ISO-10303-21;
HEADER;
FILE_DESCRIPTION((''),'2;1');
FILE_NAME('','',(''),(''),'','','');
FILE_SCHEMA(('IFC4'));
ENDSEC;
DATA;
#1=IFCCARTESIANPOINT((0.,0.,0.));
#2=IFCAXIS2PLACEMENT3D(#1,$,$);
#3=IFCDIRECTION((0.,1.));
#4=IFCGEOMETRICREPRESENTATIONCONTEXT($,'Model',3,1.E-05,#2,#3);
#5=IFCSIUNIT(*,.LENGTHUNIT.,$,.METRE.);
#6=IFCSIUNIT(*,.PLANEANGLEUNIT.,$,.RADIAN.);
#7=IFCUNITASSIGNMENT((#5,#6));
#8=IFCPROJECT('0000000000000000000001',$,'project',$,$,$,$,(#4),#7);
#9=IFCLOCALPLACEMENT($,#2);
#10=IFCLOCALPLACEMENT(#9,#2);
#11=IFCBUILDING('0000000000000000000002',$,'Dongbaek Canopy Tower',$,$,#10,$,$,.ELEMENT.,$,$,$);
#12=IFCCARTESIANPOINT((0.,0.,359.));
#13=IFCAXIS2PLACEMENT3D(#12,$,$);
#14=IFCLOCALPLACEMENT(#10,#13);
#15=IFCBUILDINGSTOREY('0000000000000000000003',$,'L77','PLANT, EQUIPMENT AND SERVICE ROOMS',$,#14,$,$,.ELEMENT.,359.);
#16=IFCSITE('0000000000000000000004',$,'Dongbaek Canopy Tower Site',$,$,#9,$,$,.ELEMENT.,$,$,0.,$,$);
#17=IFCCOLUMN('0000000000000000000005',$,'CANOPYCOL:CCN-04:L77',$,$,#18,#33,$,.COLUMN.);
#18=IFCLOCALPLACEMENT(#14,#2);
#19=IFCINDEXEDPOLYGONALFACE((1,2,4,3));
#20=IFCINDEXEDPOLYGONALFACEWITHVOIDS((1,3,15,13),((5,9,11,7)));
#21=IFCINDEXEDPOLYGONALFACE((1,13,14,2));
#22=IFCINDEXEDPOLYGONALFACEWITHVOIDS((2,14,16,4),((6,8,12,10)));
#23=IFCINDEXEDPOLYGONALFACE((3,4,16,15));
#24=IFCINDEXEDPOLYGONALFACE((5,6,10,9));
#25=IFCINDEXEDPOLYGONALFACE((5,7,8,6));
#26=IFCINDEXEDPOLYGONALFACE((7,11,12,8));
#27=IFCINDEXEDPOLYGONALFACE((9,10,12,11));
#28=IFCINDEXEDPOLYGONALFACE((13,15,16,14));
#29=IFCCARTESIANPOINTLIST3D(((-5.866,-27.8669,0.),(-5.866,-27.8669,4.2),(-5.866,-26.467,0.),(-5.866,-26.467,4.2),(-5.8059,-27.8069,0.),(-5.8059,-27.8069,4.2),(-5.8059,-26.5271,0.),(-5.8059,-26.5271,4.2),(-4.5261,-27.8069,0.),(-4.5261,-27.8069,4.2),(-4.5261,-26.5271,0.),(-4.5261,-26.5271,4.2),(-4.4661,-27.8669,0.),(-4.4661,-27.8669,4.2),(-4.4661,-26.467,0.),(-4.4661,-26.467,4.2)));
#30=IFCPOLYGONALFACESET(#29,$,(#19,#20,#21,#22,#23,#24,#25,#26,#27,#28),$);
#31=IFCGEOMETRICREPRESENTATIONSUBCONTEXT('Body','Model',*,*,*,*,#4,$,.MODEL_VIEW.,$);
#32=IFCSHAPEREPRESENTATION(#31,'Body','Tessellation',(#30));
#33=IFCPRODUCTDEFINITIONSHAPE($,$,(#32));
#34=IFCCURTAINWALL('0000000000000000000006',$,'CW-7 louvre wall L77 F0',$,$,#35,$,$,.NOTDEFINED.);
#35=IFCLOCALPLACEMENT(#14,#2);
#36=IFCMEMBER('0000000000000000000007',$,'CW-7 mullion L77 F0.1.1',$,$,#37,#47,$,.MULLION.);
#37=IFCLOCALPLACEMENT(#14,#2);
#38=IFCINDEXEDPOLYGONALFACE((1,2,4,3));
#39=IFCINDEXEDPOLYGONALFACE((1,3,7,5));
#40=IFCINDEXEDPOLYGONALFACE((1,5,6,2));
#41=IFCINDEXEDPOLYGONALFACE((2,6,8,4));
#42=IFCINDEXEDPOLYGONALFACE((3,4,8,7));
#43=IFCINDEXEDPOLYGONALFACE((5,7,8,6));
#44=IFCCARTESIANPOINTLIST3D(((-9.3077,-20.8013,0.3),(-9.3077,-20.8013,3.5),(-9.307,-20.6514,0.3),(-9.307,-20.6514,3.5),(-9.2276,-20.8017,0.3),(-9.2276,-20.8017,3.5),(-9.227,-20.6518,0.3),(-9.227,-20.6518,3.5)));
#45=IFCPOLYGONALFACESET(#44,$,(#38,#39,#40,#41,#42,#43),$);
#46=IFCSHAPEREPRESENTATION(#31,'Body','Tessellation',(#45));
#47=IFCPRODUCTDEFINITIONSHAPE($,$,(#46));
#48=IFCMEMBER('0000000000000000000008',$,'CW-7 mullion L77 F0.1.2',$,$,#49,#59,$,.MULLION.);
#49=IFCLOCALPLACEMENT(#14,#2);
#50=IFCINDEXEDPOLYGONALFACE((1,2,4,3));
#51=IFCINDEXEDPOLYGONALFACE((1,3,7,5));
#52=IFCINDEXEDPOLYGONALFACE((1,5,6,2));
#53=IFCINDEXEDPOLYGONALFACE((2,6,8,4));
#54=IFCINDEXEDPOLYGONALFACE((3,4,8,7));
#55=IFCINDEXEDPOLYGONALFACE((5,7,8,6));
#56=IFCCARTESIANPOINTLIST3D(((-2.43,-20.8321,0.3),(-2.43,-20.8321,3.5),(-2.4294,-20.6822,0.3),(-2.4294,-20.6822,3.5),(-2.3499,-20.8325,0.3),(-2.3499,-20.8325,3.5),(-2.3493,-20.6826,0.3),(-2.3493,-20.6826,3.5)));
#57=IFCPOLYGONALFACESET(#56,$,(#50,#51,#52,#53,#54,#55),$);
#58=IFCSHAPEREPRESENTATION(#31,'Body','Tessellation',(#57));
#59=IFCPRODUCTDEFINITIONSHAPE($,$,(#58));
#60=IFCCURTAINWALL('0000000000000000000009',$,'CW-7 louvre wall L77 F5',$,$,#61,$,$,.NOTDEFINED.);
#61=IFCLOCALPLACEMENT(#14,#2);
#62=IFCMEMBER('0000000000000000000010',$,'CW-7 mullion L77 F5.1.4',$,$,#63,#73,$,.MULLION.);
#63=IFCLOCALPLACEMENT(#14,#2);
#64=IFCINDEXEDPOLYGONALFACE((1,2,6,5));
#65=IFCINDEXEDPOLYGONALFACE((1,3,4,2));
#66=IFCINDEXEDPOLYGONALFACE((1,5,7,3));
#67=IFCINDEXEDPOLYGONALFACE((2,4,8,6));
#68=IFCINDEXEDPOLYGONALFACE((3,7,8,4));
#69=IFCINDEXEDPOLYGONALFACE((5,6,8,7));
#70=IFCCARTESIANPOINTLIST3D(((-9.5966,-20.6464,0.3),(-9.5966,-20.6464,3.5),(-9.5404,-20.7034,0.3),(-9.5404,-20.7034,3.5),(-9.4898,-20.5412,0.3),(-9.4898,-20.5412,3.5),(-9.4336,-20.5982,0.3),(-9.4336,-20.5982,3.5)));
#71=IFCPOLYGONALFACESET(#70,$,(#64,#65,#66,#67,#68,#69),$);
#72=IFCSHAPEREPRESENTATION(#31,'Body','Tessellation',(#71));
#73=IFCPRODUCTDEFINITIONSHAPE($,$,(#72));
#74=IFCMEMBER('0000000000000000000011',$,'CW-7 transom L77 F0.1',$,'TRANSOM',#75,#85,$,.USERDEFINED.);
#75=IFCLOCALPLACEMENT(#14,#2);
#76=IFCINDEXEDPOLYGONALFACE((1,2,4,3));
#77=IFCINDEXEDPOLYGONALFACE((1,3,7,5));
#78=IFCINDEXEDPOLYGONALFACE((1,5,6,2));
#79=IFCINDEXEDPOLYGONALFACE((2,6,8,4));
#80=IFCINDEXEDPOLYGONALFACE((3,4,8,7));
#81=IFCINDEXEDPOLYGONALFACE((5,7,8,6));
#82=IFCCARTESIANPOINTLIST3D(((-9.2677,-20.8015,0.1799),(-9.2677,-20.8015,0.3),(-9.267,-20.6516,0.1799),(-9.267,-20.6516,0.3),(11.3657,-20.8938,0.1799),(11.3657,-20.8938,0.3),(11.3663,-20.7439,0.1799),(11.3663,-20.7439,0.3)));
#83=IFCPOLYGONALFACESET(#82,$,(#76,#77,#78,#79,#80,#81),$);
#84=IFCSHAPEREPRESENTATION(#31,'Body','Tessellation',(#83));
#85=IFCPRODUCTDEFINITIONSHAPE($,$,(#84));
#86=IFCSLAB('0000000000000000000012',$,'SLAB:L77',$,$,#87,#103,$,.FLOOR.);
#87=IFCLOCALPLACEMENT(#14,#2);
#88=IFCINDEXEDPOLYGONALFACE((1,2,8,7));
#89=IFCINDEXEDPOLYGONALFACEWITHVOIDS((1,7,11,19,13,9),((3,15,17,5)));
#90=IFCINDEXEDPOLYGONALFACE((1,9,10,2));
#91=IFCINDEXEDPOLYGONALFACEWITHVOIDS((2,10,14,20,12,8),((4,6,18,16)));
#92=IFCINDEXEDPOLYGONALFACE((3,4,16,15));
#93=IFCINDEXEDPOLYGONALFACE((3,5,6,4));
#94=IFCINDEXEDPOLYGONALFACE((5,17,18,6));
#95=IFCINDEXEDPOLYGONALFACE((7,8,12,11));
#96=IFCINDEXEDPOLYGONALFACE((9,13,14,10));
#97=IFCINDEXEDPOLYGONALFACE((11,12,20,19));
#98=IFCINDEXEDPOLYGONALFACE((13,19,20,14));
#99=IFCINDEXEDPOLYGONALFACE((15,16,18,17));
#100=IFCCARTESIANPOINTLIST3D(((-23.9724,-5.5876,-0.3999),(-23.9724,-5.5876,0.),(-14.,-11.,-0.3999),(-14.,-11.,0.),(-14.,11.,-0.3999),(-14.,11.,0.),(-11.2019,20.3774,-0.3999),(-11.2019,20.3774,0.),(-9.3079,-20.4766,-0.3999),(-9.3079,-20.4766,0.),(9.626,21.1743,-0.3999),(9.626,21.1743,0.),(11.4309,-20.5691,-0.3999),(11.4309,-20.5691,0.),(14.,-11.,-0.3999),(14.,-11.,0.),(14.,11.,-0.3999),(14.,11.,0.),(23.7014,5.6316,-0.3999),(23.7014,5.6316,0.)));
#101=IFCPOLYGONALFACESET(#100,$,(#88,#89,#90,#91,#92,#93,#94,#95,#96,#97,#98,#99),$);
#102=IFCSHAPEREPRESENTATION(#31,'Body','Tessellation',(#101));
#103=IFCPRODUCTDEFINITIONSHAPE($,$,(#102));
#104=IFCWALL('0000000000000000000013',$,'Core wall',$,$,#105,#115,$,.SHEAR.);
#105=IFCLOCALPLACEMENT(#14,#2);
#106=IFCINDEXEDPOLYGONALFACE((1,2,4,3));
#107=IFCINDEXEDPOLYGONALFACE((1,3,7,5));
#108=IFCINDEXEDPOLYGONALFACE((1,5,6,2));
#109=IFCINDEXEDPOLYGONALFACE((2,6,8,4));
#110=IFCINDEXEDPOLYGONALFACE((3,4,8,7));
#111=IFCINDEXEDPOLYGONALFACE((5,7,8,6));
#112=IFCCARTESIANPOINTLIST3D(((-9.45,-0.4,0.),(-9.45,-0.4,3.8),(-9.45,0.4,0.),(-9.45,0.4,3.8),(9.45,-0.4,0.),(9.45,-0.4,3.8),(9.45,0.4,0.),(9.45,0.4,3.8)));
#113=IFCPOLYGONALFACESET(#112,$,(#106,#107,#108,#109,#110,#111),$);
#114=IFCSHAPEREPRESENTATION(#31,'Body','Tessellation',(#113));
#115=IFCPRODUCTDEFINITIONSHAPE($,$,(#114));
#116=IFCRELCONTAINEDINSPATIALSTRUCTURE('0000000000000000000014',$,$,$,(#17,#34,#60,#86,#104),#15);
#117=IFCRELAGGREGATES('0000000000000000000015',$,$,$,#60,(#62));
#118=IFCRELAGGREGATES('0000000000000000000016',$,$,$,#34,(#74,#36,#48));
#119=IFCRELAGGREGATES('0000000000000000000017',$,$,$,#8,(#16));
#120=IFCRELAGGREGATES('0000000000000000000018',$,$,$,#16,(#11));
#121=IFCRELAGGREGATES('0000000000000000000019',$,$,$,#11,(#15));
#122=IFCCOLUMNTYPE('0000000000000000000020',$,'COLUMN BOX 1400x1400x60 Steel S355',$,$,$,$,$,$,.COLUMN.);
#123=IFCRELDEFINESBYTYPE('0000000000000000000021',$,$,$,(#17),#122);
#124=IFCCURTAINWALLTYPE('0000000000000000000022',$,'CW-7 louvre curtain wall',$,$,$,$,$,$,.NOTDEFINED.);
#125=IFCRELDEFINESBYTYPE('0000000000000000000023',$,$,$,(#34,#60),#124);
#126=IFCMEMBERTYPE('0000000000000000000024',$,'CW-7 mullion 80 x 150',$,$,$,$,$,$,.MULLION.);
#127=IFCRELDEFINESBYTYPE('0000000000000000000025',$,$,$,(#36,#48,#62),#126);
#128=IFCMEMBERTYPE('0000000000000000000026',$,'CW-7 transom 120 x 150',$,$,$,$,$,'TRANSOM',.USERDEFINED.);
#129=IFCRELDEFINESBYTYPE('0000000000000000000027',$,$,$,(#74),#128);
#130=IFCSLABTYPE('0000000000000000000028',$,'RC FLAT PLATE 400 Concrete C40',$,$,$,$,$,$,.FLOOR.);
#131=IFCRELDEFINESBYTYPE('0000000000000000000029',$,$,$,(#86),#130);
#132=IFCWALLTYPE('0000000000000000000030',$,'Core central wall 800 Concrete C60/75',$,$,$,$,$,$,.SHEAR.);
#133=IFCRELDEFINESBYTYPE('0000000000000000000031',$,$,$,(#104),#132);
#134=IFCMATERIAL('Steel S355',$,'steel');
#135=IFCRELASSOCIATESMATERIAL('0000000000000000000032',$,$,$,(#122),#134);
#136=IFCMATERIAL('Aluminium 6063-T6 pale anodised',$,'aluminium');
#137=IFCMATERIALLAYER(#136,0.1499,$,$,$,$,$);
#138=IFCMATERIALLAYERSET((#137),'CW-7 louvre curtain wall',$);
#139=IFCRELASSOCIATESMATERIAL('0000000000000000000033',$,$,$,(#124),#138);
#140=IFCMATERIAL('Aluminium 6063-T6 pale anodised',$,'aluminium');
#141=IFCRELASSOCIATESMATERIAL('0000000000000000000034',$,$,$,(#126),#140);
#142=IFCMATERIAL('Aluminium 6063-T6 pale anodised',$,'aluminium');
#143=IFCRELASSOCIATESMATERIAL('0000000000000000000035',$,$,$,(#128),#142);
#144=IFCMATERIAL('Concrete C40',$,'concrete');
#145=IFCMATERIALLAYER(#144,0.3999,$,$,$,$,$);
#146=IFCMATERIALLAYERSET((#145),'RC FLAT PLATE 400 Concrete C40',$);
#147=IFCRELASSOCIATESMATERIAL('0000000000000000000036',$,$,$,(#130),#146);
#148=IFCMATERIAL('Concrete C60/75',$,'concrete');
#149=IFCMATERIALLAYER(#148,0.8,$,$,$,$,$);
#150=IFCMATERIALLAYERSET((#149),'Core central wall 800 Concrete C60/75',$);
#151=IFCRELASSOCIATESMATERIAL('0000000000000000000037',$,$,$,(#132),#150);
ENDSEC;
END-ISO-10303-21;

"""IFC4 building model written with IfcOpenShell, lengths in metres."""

from ifc_helpers import new_model, si_unit, direction, frame, frame_2d, origin, origin_2d, place, context, subcontext, project, spatial, polyline, rectangle, hollow_rectangle, outline, extrude, material, layer, layer_set, material_profile, profile_set, type_object, element, aggregate, save


model = new_model("IFC4")

# Units and contexts
model_context = context("Model", 3, precision=1e-05, world=origin(), true_north=direction((0.0, 1.0)))
body_context = subcontext(model_context, "Body", "Model", "MODEL_VIEW")
ifc_project = project(units=[si_unit("LENGTHUNIT", "METRE"), si_unit("PLANEANGLEUNIT", "RADIAN")], contexts=[model_context])

# Site, building, storey
site_placement = place(None, origin())
site = spatial("IfcSite", under=ifc_project, at=site_placement, Name="Dongbaek Canopy Tower Site", CompositionType="ELEMENT", RefElevation=0.0)
building_placement = place(site_placement, origin())
building = spatial("IfcBuilding", under=site, at=building_placement, Name="Dongbaek Canopy Tower", CompositionType="ELEMENT")
storey_placement = place(building_placement, frame((0.0, 0.0, 359.0)))
storey = spatial("IfcBuildingStorey", under=building, at=storey_placement, Name="L77", Description="PLANT, EQUIPMENT AND SERVICE ROOMS", CompositionType="ELEMENT", Elevation=359.0)

# Column
ifc_material_1 = material(Name="Steel S355", Category="steel")
ifc_material_profile_1 = material_profile(ifc_material_1, hollow_rectangle(XDim=1.3999, YDim=1.3999, WallThickness=0.0601, at=origin_2d()), Name="COLUMN BOX 1400x1400x60 Steel S355")
ifc_profile_set_1 = profile_set([ifc_material_profile_1], Name="Steel S355")
column_type = type_object("IfcColumnType", Name="COLUMN BOX 1400x1400x60 Steel S355", PredefinedType="COLUMN", material=ifc_profile_set_1)
column_placement = place(storey_placement, frame((-5.166, -27.167, 0.0), z_axis=(0.0, 0.0, 1.0), x_axis=(1.0, 0.0, 0.0)))
element("IfcColumn", 1, at=column_placement, inside=storey, type_object=column_type, Name="CANOPYCOL:CCN-04:L77", PredefinedType="COLUMN", context=body_context, shape_type="SweptSolid", body=[
    extrude(hollow_rectangle(XDim=1.3999, YDim=1.3999, WallThickness=0.0601, at=origin_2d()), origin(), (0.0, 0.0, 1.0), 4.2),
])

# Curtain wall, members
ifc_material_2 = material(Name="Aluminium 6063-T6 pale anodised", Category="aluminium")
ifc_layer_1 = layer(ifc_material_2, 0.1499)
ifc_layer_set_1 = layer_set([ifc_layer_1], Name="CW-7 louvre curtain wall")
curtain_wall_type = type_object("IfcCurtainWallType", Name="CW-7 louvre curtain wall", PredefinedType="NOTDEFINED", material=ifc_layer_set_1)
curtain_wall_1_placement = place(storey_placement, origin())
curtain_wall_1 = element("IfcCurtainWall", 2, at=curtain_wall_1_placement, inside=storey, type_object=curtain_wall_type, Name="CW-7 louvre wall L77 F0", PredefinedType="NOTDEFINED")
ifc_material_3 = material(Name="Aluminium 6063-T6 pale anodised", Category="aluminium")
ifc_material_profile_2 = material_profile(ifc_material_3, rectangle(XDim=0.1499, YDim=0.0801, at=origin_2d()), Name="CW-7 mullion 80 x 150")
ifc_profile_set_2 = profile_set([ifc_material_profile_2], Name="Aluminium 6063-T6 pale anodised")
member_type_1 = type_object("IfcMemberType", Name="CW-7 mullion 80 x 150", PredefinedType="MULLION", material=ifc_profile_set_2)
member_1_placement = place(storey_placement, frame((-9.2673, -20.7266, 0.3), z_axis=(0.0, 0.0, 1.0), x_axis=(-0.004466, -0.99999, 0.0)))
member_1 = element("IfcMember", 3, at=member_1_placement, type_object=member_type_1, Name="CW-7 mullion L77 F0.1.1", PredefinedType="MULLION", context=body_context, shape_type="SweptSolid", body=[
    extrude(rectangle(XDim=0.1499, YDim=0.0801, at=origin_2d()), origin(), (0.0, 0.0, 1.0), 3.2),
])
member_2_placement = place(storey_placement, frame((-2.3896, -20.7573, 0.3), z_axis=(0.0, 0.0, 1.0), x_axis=(-0.004466, -0.99999, 0.0)))
member_2 = element("IfcMember", 4, at=member_2_placement, type_object=member_type_1, Name="CW-7 mullion L77 F0.1.2", PredefinedType="MULLION", context=body_context, shape_type="SweptSolid", body=[
    extrude(rectangle(XDim=0.1499, YDim=0.0801, at=origin_2d()), origin(), (0.0, 0.0, 1.0), 3.2),
])

# Curtain wall, member
curtain_wall_2_placement = place(storey_placement, origin())
curtain_wall_2 = element("IfcCurtainWall", 5, at=curtain_wall_2_placement, inside=storey, type_object=curtain_wall_type, Name="CW-7 louvre wall L77 F5", PredefinedType="NOTDEFINED")
member_3_placement = place(storey_placement, frame((-9.5151, -20.6223, 0.3), z_axis=(0.0, 0.0, 1.0), x_axis=(-0.712455, -0.701718, 0.0)))
member_3 = element("IfcMember", 6, at=member_3_placement, type_object=member_type_1, Name="CW-7 mullion L77 F5.1.4", PredefinedType="MULLION", context=body_context, shape_type="SweptSolid", body=[
    extrude(rectangle(XDim=0.1499, YDim=0.0801, at=origin_2d()), origin(), (0.0, 0.0, 1.0), 3.2),
])
aggregate(curtain_wall_2, [member_3])

# Member
ifc_material_4 = material(Name="Aluminium 6063-T6 pale anodised", Category="aluminium")
ifc_material_profile_3 = material_profile(ifc_material_4, rectangle(XDim=0.1499, YDim=0.1201, at=origin_2d()), Name="CW-7 transom 120 x 150")
ifc_profile_set_3 = profile_set([ifc_material_profile_3], Name="Aluminium 6063-T6 pale anodised")
member_type_2 = type_object("IfcMemberType", Name="CW-7 transom 120 x 150", ElementType="TRANSOM", PredefinedType="USERDEFINED", material=ifc_profile_set_3)
member_4_placement = place(storey_placement, frame((-9.2673, -20.7266, 0.24), z_axis=(0.99999, -0.004473, 0.0), x_axis=(0.004473, 0.99999, 0.0)))
member_4 = element("IfcMember", 7, at=member_4_placement, type_object=member_type_2, Name="CW-7 transom L77 F0.1", ObjectType="TRANSOM", PredefinedType="USERDEFINED", context=body_context, shape_type="SweptSolid", body=[
    extrude(rectangle(XDim=0.1499, YDim=0.1201, at=origin_2d()), origin(), (0.0, 0.0, 1.0), 20.6335),
])

# Slab
ifc_material_5 = material(Name="Concrete C40", Category="concrete")
ifc_layer_2 = layer(ifc_material_5, 0.3999)
ifc_layer_set_2 = layer_set([ifc_layer_2], Name="RC FLAT PLATE 400 Concrete C40")
slab_type = type_object("IfcSlabType", Name="RC FLAT PLATE 400 Concrete C40", PredefinedType="FLOOR", material=ifc_layer_set_2)
slab_placement = place(storey_placement, frame((0.0, 0.0, -0.3999)))
element("IfcSlab", 8, at=slab_placement, inside=storey, type_object=slab_type, Name="SLAB:L77", PredefinedType="FLOOR", context=body_context, shape_type="SweptSolid", body=[
    extrude(outline(polyline([(-23.9724, -5.5876), (-11.2019, 20.3774), (9.626, 21.1743), (23.7014, 5.6316), (11.4309, -20.5691), (-9.3079, -20.4766), (-23.9724, -5.5876)]), holes=[polyline([(14.0, 11.0), (-14.0, 11.0), (-14.0, -11.0), (14.0, -11.0), (14.0, 11.0)])]), origin(), (0.0, 0.0, 1.0), 0.3999),
])

# Wall
ifc_material_6 = material(Name="Concrete C60/75", Category="concrete")
ifc_layer_3 = layer(ifc_material_6, 0.8)
ifc_layer_set_3 = layer_set([ifc_layer_3], Name="Core central wall 800 Concrete C60/75")
wall_type_1 = type_object("IfcWallType", Name="Core central wall 800 Concrete C60/75", PredefinedType="SHEAR", material=ifc_layer_set_3)
wall_1_placement = place(storey_placement, frame((-9.45, 0.0, 0.0), z_axis=(0.0, 0.0, 1.0), x_axis=(1.0, 0.0, 0.0)))
element("IfcWall", 9, at=wall_1_placement, inside=storey, type_object=wall_type_1, Name="Core wall", PredefinedType="SHEAR", context=body_context, shape_type="SweptSolid", body=[
    extrude(rectangle(XDim=18.8999, YDim=0.8, at=frame_2d((9.45, 0.0))), origin(), (0.0, 0.0, 1.0), 3.8),
])

aggregate(curtain_wall_1, [member_4, member_1, member_2])

save(model, "model.ifc")
